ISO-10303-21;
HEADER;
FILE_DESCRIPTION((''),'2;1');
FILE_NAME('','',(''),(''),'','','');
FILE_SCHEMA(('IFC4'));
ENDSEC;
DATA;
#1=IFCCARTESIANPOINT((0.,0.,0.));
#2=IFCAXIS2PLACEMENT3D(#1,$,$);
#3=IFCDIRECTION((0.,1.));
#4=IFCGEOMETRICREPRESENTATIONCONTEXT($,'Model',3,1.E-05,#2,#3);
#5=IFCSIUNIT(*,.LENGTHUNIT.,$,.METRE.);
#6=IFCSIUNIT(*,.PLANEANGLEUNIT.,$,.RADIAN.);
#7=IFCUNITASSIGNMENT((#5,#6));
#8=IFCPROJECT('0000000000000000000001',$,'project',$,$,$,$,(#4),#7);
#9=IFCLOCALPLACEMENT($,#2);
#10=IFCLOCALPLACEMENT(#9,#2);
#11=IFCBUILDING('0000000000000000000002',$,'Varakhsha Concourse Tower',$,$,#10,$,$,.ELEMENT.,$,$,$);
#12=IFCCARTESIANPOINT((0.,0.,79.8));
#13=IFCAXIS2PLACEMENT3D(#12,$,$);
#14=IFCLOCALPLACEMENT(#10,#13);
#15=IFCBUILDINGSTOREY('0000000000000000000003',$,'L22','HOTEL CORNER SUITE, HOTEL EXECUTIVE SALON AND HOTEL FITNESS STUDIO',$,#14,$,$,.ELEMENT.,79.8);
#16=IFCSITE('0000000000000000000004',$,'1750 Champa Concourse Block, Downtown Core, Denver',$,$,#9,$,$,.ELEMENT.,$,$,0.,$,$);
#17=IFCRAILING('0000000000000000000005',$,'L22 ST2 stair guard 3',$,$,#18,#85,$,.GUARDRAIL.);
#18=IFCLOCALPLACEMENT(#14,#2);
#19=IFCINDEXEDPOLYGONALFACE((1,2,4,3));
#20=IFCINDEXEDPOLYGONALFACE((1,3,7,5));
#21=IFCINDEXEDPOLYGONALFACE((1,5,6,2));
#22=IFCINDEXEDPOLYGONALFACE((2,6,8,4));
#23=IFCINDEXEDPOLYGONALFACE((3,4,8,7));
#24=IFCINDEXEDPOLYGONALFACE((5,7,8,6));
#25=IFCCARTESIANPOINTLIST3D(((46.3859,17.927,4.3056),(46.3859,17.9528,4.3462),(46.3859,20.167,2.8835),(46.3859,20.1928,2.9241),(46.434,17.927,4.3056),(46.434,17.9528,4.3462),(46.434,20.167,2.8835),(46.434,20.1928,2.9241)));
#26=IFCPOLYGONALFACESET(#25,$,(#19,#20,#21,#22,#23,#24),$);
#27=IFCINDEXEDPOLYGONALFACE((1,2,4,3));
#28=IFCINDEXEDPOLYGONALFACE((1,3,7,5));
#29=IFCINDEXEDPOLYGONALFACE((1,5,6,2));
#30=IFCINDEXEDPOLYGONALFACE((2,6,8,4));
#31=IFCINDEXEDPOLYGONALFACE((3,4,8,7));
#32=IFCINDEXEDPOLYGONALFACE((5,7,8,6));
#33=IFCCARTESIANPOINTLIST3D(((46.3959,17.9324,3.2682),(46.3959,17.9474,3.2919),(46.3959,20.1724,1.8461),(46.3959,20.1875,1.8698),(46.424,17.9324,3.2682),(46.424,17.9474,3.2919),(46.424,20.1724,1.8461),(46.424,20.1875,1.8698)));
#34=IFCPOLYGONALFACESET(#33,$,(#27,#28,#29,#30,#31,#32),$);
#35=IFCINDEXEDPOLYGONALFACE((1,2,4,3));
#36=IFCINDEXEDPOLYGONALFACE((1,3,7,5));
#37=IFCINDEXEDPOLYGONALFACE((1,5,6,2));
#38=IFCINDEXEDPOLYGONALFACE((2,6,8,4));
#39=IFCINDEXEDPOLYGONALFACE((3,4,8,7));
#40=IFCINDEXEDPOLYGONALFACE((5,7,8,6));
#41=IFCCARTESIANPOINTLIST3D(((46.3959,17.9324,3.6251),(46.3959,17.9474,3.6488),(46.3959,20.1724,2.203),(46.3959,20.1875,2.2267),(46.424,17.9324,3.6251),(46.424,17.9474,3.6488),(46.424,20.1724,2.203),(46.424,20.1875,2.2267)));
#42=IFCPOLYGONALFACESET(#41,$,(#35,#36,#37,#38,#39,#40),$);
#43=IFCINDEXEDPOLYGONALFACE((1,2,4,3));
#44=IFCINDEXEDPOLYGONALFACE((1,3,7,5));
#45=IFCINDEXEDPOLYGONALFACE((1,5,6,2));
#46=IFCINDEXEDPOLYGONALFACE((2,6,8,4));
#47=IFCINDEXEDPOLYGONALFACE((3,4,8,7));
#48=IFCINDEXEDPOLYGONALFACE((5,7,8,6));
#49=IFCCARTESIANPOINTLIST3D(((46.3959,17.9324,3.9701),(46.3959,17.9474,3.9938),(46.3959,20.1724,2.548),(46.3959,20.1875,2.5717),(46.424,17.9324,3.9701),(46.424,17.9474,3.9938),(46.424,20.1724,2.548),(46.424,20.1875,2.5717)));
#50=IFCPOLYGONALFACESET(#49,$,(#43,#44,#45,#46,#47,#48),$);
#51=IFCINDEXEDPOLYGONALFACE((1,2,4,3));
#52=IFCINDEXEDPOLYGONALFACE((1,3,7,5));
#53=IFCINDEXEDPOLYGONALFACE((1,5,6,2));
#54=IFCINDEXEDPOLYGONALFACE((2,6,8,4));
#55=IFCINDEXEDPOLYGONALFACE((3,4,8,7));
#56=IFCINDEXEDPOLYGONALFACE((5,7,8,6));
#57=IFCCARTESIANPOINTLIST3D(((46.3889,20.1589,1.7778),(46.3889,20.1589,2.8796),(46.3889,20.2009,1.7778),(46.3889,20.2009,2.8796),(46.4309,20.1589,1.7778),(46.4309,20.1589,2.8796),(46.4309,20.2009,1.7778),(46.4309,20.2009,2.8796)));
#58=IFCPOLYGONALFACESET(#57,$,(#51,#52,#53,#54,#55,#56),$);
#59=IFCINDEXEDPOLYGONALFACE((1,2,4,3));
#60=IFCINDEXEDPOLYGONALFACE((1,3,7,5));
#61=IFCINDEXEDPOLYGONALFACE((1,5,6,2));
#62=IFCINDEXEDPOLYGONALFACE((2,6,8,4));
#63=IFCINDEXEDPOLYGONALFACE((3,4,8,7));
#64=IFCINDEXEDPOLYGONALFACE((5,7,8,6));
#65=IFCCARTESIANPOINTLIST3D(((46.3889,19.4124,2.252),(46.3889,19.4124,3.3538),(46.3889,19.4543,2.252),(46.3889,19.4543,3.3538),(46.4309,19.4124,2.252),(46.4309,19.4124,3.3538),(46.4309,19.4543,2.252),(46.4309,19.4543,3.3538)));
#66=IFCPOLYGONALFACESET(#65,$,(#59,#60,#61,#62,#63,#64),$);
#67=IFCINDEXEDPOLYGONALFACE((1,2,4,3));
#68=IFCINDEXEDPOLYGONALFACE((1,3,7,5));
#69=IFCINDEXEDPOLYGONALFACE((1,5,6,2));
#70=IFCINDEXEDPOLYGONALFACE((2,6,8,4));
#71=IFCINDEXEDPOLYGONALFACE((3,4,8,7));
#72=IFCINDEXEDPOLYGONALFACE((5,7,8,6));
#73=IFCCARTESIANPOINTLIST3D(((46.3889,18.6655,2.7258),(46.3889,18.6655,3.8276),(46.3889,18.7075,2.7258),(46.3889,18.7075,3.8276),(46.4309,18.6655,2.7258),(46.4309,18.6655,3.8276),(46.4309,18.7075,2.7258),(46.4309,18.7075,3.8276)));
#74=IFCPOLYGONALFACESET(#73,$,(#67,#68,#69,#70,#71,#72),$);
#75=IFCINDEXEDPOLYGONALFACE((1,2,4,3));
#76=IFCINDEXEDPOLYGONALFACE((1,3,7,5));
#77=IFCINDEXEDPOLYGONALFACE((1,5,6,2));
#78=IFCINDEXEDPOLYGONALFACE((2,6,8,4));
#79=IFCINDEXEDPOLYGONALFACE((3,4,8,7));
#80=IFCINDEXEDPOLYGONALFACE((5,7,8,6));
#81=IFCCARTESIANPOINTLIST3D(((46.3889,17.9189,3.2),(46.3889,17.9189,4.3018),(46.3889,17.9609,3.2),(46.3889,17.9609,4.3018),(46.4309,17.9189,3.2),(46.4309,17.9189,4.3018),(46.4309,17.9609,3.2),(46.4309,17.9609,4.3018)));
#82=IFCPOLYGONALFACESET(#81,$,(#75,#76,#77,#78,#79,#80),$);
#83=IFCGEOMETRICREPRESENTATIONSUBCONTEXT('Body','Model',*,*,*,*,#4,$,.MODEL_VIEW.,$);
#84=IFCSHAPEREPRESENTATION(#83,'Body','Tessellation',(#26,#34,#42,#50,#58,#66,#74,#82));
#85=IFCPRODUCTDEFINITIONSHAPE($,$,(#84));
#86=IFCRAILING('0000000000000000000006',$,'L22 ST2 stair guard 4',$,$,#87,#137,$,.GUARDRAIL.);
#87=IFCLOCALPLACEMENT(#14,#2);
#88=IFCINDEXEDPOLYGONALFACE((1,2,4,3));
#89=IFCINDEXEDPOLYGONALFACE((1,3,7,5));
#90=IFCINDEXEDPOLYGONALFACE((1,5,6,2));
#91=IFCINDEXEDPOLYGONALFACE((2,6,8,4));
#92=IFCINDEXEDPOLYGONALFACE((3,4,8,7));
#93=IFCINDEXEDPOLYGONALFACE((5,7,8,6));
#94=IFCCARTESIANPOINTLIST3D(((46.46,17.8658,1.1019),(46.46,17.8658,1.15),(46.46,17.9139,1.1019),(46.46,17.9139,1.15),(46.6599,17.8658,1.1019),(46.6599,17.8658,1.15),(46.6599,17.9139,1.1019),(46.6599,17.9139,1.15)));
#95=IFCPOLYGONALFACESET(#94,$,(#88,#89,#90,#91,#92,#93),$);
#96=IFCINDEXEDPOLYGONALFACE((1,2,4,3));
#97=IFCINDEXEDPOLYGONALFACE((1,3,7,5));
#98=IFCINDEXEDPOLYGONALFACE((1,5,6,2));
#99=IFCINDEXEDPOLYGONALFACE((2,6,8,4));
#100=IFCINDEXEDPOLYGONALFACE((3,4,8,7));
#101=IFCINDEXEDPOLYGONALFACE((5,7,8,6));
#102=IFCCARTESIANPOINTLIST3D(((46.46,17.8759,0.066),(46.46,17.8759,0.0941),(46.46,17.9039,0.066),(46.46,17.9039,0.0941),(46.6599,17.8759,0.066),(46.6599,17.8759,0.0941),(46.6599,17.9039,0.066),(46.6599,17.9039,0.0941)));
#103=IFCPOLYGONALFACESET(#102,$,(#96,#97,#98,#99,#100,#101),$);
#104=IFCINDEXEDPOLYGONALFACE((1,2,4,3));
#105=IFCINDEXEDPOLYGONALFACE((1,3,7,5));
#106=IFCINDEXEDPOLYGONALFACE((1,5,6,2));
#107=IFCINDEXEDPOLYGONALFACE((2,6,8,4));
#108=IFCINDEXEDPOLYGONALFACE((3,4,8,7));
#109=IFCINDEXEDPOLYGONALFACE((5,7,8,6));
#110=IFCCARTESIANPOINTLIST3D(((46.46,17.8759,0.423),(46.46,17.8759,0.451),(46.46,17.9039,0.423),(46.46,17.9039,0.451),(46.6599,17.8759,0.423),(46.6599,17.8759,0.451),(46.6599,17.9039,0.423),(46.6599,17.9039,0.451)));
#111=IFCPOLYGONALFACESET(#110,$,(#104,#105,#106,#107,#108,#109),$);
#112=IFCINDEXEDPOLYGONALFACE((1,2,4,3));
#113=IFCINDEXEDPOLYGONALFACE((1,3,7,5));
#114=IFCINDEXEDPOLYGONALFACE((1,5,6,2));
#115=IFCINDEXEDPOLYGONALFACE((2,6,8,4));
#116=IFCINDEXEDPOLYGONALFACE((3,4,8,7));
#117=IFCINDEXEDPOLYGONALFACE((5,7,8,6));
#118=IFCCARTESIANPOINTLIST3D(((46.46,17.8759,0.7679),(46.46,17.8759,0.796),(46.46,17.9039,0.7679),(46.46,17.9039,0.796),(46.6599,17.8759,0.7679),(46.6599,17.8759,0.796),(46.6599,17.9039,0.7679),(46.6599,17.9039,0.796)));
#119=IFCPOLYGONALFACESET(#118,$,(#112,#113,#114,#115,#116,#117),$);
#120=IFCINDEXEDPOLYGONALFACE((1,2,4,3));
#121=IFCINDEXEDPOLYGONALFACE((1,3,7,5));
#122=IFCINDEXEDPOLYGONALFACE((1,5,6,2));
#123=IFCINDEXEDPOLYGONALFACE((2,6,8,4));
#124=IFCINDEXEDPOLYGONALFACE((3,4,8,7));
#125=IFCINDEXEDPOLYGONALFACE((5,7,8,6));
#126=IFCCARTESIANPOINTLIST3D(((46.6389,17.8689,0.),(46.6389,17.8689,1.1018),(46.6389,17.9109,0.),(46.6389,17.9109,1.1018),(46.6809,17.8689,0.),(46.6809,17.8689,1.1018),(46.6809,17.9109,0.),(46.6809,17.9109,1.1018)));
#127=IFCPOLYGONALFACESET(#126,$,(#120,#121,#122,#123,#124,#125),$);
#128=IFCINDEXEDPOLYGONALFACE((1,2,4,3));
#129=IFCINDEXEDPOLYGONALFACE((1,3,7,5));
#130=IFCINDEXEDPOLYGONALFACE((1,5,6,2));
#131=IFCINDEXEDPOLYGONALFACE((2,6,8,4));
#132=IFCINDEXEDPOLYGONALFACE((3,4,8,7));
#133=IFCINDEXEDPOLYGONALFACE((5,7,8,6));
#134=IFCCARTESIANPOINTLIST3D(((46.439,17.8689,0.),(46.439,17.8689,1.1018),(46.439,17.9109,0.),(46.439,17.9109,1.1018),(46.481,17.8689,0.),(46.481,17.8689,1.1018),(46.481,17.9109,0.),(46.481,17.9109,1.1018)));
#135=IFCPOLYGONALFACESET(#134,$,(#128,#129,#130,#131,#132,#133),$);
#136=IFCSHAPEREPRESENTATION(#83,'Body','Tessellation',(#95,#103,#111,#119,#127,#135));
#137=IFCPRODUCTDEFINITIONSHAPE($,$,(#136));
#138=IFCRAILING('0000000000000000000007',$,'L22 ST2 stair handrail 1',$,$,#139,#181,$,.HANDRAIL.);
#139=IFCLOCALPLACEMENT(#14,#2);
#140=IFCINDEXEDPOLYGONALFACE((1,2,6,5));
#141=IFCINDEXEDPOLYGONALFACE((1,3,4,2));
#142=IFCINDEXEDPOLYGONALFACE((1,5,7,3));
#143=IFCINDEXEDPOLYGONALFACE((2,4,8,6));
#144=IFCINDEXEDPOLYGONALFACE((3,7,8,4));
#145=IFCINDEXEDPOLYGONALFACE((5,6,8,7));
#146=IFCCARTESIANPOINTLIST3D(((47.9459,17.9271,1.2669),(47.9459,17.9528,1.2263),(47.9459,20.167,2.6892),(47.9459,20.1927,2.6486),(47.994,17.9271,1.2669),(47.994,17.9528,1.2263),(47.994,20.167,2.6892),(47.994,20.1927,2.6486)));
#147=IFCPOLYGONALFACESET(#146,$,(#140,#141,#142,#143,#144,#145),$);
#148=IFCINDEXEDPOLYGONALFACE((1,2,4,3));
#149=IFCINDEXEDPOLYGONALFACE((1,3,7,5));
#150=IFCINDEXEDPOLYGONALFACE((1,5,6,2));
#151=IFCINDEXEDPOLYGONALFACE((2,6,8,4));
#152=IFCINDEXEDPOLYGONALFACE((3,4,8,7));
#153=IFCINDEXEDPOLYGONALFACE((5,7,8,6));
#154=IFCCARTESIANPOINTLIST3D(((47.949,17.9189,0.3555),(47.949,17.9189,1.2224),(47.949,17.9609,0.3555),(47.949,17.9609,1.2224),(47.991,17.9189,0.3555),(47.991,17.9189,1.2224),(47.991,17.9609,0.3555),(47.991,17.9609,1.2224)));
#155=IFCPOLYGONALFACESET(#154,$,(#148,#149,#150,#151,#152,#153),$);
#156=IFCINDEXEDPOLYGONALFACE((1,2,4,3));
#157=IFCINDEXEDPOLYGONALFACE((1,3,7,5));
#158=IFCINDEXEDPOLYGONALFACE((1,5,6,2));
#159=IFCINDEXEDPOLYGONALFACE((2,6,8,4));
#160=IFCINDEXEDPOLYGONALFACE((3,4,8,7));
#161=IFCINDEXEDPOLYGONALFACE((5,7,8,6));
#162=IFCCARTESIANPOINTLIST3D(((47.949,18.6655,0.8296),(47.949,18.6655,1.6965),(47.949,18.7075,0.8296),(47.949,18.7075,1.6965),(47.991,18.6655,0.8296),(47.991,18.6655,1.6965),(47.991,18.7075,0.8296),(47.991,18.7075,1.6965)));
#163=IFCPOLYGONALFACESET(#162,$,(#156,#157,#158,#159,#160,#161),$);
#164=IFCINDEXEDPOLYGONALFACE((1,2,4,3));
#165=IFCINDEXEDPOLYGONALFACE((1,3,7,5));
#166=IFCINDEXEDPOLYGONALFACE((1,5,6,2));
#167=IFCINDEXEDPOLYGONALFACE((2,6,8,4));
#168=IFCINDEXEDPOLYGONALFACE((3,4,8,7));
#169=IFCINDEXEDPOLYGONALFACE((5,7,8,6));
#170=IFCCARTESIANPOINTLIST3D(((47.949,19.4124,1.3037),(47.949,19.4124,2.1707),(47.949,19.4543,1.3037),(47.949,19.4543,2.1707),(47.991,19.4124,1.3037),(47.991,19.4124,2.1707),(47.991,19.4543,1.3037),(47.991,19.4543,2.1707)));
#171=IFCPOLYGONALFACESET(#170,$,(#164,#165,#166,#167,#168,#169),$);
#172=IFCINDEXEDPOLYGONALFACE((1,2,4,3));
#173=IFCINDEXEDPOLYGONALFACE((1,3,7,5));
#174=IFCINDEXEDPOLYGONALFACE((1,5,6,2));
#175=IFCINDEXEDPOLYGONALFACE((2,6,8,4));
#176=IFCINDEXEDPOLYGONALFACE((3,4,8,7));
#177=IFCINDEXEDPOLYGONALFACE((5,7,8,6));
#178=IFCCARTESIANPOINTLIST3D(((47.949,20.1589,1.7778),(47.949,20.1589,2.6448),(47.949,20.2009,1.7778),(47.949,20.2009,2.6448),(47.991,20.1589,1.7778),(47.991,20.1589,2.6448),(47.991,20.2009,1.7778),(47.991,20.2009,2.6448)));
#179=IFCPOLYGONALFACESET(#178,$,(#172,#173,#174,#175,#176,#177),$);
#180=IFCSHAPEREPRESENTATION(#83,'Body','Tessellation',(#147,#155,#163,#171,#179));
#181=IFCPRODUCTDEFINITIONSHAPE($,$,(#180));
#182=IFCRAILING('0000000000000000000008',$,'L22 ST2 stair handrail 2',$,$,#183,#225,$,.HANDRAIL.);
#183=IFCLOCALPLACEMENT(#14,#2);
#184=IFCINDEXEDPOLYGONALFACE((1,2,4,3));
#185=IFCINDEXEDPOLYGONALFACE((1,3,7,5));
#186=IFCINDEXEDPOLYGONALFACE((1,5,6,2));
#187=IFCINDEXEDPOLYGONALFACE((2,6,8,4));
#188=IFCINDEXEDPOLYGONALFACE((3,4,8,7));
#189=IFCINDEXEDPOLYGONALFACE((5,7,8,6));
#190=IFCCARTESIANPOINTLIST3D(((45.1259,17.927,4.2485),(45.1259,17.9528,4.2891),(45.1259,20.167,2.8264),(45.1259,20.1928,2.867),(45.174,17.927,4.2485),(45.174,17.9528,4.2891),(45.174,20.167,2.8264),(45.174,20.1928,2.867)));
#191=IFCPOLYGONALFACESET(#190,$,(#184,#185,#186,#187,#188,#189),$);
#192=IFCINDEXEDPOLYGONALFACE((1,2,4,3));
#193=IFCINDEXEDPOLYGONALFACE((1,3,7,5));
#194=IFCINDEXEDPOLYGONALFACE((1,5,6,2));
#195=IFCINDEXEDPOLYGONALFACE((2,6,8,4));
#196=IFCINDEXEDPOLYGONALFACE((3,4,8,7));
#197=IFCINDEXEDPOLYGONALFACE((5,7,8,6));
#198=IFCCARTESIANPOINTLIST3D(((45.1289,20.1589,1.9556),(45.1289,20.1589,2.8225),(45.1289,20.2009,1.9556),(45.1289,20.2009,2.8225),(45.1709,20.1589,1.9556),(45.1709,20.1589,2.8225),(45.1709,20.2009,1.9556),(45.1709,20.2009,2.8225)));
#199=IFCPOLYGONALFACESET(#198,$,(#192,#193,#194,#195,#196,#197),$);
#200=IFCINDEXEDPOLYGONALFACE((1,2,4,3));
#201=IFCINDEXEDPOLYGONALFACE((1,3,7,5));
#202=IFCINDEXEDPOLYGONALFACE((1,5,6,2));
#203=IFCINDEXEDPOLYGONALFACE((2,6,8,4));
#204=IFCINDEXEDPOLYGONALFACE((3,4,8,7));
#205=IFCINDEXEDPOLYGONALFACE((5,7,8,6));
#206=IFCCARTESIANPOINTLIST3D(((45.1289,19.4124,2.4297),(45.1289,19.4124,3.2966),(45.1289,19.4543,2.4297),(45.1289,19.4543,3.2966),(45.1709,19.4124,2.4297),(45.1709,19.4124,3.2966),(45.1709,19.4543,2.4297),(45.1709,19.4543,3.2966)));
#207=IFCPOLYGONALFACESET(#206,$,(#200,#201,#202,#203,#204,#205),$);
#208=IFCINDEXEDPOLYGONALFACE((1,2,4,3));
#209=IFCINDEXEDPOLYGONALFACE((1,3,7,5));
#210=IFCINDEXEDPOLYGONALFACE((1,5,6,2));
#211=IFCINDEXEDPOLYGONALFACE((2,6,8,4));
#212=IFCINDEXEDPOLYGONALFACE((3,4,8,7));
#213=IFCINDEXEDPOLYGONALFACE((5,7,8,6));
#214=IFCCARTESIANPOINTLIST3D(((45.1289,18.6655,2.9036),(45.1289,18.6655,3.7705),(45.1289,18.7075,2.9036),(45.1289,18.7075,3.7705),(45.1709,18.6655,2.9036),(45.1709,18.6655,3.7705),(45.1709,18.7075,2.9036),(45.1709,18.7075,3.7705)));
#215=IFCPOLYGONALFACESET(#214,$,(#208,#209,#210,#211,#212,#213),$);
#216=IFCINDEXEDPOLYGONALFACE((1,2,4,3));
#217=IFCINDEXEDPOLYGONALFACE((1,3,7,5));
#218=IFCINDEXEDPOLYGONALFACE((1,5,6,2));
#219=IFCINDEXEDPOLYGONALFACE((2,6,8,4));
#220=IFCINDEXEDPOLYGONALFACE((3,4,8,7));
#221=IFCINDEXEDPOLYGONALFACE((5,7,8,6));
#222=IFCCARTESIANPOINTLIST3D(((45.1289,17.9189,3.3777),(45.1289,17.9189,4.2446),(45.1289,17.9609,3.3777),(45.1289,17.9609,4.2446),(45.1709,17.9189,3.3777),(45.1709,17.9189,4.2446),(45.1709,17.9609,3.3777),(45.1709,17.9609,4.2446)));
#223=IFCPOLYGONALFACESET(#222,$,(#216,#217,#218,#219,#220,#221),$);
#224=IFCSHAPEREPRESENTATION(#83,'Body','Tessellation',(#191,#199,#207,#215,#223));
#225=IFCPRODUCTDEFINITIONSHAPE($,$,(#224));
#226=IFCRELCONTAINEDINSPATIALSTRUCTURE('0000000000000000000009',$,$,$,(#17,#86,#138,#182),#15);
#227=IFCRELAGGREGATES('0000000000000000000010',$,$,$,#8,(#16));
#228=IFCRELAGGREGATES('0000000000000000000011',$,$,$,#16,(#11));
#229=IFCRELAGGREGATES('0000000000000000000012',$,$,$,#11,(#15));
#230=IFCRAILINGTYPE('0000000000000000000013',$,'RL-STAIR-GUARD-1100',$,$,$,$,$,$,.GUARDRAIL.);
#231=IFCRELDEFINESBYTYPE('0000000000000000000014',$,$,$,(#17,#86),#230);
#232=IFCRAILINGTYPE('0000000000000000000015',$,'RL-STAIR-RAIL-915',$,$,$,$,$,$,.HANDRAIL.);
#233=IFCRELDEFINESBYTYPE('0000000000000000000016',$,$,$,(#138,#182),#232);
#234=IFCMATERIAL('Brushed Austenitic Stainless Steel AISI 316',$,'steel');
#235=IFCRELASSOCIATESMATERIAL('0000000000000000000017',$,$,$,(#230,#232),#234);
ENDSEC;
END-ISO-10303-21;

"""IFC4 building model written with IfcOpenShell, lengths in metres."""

from ifc_helpers import new_model, si_unit, direction, frame, origin, origin_2d, place, context, subcontext, project, spatial, rectangle, extrude, material, type_object, element, save


model = new_model("IFC4")

# Units and contexts
model_context = context("Model", 3, precision=1e-05, world=origin(), true_north=direction((0.0, 1.0)))
body_context = subcontext(model_context, "Body", "Model", "MODEL_VIEW")
ifc_project = project(units=[si_unit("LENGTHUNIT", "METRE"), si_unit("PLANEANGLEUNIT", "RADIAN")], contexts=[model_context])

# Site, building, storey
site_placement = place(None, origin())
site = spatial("IfcSite", under=ifc_project, at=site_placement, Name="1750 Champa Concourse Block, Downtown Core, Denver", CompositionType="ELEMENT", RefElevation=0.0)
building_placement = place(site_placement, origin())
building = spatial("IfcBuilding", under=site, at=building_placement, Name="Varakhsha Concourse Tower", CompositionType="ELEMENT")
storey_placement = place(building_placement, frame((0.0, 0.0, 79.8)))
storey = spatial("IfcBuildingStorey", under=building, at=storey_placement, Name="L22", Description="HOTEL CORNER SUITE, HOTEL EXECUTIVE SALON AND HOTEL FITNESS STUDIO", CompositionType="ELEMENT", Elevation=79.8)

# Railings
ifc_material_1 = material(Name="Brushed Austenitic Stainless Steel AISI 316", Category="steel")
railing_type_1 = type_object("IfcRailingType", Name="RL-STAIR-GUARD-1100", PredefinedType="GUARDRAIL", material=ifc_material_1)
railing_1_placement = place(storey_placement, frame((46.4099, 20.1799, 1.7778)))
element("IfcRailing", 1, at=railing_1_placement, inside=storey, type_object=railing_type_1, Name="L22 ST2 stair guard 3", PredefinedType="GUARDRAIL", context=body_context, shape_type="SweptSolid", body=[
    extrude(rectangle(XDim=0.0481, YDim=0.0481, at=origin_2d()), frame((0.0, 0.0, 1.126), z_axis=(0.0, -0.844229, 0.535982), x_axis=(1.0, 0.0, 0.0)), (0.0, 0.0, 1.0), 2.6533),
    extrude(rectangle(XDim=0.0281, YDim=0.0281, at=origin_2d()), frame((0.0, 0.0, 0.0801), z_axis=(0.0, -0.844229, 0.535982), x_axis=(1.0, 0.0, 0.0)), (0.0, 0.0, 1.0), 2.6533),
    extrude(rectangle(XDim=0.0281, YDim=0.0281, at=origin_2d()), frame((0.0, 0.0, 0.437), z_axis=(0.0, -0.844229, 0.535982), x_axis=(1.0, 0.0, 0.0)), (0.0, 0.0, 1.0), 2.6533),
    extrude(rectangle(XDim=0.0281, YDim=0.0281, at=origin_2d()), frame((0.0, 0.0, 0.782), z_axis=(0.0, -0.844229, 0.535982), x_axis=(1.0, 0.0, 0.0)), (0.0, 0.0, 1.0), 2.6533),
    extrude(rectangle(XDim=0.042, YDim=0.042, at=origin_2d()), origin(), (0.0, 0.0, 1.0), 1.1018),
    extrude(rectangle(XDim=0.042, YDim=0.042, at=origin_2d()), frame((0.0, -0.7466, 0.4741)), (0.0, 0.0, 1.0), 1.1018),
    extrude(rectangle(XDim=0.042, YDim=0.042, at=origin_2d()), frame((0.0, -1.4934, 0.948)), (0.0, 0.0, 1.0), 1.1018),
    extrude(rectangle(XDim=0.042, YDim=0.042, at=origin_2d()), frame((0.0, -2.24, 1.4221)), (0.0, 0.0, 1.0), 1.1018),
])
railing_2_placement = place(storey_placement, frame((46.6599, 17.8899, 0.0)))
element("IfcRailing", 2, at=railing_2_placement, inside=storey, type_object=railing_type_1, Name="L22 ST2 stair guard 4", PredefinedType="GUARDRAIL", context=body_context, shape_type="SweptSolid", body=[
    extrude(rectangle(XDim=0.0481, YDim=0.0481, at=origin_2d()), frame((0.0, 0.0, 1.126), z_axis=(-1.0, 0.0, 0.0), x_axis=(0.0, -1.0, 0.0)), (0.0, 0.0, 1.0), 0.2),
    extrude(rectangle(XDim=0.0281, YDim=0.0281, at=origin_2d()), frame((0.0, 0.0, 0.0801), z_axis=(-1.0, 0.0, 0.0), x_axis=(0.0, -1.0, 0.0)), (0.0, 0.0, 1.0), 0.2),
    extrude(rectangle(XDim=0.0281, YDim=0.0281, at=origin_2d()), frame((0.0, 0.0, 0.437), z_axis=(-1.0, 0.0, 0.0), x_axis=(0.0, -1.0, 0.0)), (0.0, 0.0, 1.0), 0.2),
    extrude(rectangle(XDim=0.0281, YDim=0.0281, at=origin_2d()), frame((0.0, 0.0, 0.782), z_axis=(-1.0, 0.0, 0.0), x_axis=(0.0, -1.0, 0.0)), (0.0, 0.0, 1.0), 0.2),
    extrude(rectangle(XDim=0.042, YDim=0.042, at=origin_2d()), origin(), (0.0, 0.0, 1.0), 1.1018),
    extrude(rectangle(XDim=0.042, YDim=0.042, at=origin_2d()), frame((-0.2, 0.0, 0.0)), (0.0, 0.0, 1.0), 1.1018),
])
railing_type_2 = type_object("IfcRailingType", Name="RL-STAIR-RAIL-915", PredefinedType="HANDRAIL", material=ifc_material_1)
railing_3_placement = place(storey_placement, frame((47.97, 17.9399, 0.3555)))
element("IfcRailing", 3, at=railing_3_placement, inside=storey, type_object=railing_type_2, Name="L22 ST2 stair handrail 1", PredefinedType="HANDRAIL", context=body_context, shape_type="SweptSolid", body=[
    extrude(rectangle(XDim=0.0481, YDim=0.0481, at=origin_2d()), frame((0.0, 0.0, 0.8911), z_axis=(0.0, 0.844188, 0.536048), x_axis=(-1.0, 0.0, 0.0)), (0.0, 0.0, 1.0), 2.6533),
    extrude(rectangle(XDim=0.042, YDim=0.042, at=origin_2d()), origin(), (0.0, 0.0, 1.0), 0.8669),
    extrude(rectangle(XDim=0.042, YDim=0.042, at=origin_2d()), frame((0.0, 0.7466, 0.4741)), (0.0, 0.0, 1.0), 0.8669),
    extrude(rectangle(XDim=0.042, YDim=0.042, at=origin_2d()), frame((0.0, 1.4934, 0.9482)), (0.0, 0.0, 1.0), 0.8669),
    extrude(rectangle(XDim=0.042, YDim=0.042, at=origin_2d()), frame((0.0, 2.24, 1.4224)), (0.0, 0.0, 1.0), 0.8669),
])
railing_4_placement = place(storey_placement, frame((45.1499, 20.1799, 1.9556)))
element("IfcRailing", 4, at=railing_4_placement, inside=storey, type_object=railing_type_2, Name="L22 ST2 stair handrail 2", PredefinedType="HANDRAIL", context=body_context, shape_type="SweptSolid", body=[
    extrude(rectangle(XDim=0.0481, YDim=0.0481, at=origin_2d()), frame((0.0, 0.0, 0.8911), z_axis=(0.0, -0.844229, 0.535982), x_axis=(1.0, 0.0, 0.0)), (0.0, 0.0, 1.0), 2.6533),
    extrude(rectangle(XDim=0.042, YDim=0.042, at=origin_2d()), origin(), (0.0, 0.0, 1.0), 0.8669),
    extrude(rectangle(XDim=0.042, YDim=0.042, at=origin_2d()), frame((0.0, -0.7466, 0.4741)), (0.0, 0.0, 1.0), 0.8669),
    extrude(rectangle(XDim=0.042, YDim=0.042, at=origin_2d()), frame((0.0, -1.4934, 0.948)), (0.0, 0.0, 1.0), 0.8669),
    extrude(rectangle(XDim=0.042, YDim=0.042, at=origin_2d()), frame((0.0, -2.24, 1.4221)), (0.0, 0.0, 1.0), 0.8669),
])

save(model, "model.ifc")
